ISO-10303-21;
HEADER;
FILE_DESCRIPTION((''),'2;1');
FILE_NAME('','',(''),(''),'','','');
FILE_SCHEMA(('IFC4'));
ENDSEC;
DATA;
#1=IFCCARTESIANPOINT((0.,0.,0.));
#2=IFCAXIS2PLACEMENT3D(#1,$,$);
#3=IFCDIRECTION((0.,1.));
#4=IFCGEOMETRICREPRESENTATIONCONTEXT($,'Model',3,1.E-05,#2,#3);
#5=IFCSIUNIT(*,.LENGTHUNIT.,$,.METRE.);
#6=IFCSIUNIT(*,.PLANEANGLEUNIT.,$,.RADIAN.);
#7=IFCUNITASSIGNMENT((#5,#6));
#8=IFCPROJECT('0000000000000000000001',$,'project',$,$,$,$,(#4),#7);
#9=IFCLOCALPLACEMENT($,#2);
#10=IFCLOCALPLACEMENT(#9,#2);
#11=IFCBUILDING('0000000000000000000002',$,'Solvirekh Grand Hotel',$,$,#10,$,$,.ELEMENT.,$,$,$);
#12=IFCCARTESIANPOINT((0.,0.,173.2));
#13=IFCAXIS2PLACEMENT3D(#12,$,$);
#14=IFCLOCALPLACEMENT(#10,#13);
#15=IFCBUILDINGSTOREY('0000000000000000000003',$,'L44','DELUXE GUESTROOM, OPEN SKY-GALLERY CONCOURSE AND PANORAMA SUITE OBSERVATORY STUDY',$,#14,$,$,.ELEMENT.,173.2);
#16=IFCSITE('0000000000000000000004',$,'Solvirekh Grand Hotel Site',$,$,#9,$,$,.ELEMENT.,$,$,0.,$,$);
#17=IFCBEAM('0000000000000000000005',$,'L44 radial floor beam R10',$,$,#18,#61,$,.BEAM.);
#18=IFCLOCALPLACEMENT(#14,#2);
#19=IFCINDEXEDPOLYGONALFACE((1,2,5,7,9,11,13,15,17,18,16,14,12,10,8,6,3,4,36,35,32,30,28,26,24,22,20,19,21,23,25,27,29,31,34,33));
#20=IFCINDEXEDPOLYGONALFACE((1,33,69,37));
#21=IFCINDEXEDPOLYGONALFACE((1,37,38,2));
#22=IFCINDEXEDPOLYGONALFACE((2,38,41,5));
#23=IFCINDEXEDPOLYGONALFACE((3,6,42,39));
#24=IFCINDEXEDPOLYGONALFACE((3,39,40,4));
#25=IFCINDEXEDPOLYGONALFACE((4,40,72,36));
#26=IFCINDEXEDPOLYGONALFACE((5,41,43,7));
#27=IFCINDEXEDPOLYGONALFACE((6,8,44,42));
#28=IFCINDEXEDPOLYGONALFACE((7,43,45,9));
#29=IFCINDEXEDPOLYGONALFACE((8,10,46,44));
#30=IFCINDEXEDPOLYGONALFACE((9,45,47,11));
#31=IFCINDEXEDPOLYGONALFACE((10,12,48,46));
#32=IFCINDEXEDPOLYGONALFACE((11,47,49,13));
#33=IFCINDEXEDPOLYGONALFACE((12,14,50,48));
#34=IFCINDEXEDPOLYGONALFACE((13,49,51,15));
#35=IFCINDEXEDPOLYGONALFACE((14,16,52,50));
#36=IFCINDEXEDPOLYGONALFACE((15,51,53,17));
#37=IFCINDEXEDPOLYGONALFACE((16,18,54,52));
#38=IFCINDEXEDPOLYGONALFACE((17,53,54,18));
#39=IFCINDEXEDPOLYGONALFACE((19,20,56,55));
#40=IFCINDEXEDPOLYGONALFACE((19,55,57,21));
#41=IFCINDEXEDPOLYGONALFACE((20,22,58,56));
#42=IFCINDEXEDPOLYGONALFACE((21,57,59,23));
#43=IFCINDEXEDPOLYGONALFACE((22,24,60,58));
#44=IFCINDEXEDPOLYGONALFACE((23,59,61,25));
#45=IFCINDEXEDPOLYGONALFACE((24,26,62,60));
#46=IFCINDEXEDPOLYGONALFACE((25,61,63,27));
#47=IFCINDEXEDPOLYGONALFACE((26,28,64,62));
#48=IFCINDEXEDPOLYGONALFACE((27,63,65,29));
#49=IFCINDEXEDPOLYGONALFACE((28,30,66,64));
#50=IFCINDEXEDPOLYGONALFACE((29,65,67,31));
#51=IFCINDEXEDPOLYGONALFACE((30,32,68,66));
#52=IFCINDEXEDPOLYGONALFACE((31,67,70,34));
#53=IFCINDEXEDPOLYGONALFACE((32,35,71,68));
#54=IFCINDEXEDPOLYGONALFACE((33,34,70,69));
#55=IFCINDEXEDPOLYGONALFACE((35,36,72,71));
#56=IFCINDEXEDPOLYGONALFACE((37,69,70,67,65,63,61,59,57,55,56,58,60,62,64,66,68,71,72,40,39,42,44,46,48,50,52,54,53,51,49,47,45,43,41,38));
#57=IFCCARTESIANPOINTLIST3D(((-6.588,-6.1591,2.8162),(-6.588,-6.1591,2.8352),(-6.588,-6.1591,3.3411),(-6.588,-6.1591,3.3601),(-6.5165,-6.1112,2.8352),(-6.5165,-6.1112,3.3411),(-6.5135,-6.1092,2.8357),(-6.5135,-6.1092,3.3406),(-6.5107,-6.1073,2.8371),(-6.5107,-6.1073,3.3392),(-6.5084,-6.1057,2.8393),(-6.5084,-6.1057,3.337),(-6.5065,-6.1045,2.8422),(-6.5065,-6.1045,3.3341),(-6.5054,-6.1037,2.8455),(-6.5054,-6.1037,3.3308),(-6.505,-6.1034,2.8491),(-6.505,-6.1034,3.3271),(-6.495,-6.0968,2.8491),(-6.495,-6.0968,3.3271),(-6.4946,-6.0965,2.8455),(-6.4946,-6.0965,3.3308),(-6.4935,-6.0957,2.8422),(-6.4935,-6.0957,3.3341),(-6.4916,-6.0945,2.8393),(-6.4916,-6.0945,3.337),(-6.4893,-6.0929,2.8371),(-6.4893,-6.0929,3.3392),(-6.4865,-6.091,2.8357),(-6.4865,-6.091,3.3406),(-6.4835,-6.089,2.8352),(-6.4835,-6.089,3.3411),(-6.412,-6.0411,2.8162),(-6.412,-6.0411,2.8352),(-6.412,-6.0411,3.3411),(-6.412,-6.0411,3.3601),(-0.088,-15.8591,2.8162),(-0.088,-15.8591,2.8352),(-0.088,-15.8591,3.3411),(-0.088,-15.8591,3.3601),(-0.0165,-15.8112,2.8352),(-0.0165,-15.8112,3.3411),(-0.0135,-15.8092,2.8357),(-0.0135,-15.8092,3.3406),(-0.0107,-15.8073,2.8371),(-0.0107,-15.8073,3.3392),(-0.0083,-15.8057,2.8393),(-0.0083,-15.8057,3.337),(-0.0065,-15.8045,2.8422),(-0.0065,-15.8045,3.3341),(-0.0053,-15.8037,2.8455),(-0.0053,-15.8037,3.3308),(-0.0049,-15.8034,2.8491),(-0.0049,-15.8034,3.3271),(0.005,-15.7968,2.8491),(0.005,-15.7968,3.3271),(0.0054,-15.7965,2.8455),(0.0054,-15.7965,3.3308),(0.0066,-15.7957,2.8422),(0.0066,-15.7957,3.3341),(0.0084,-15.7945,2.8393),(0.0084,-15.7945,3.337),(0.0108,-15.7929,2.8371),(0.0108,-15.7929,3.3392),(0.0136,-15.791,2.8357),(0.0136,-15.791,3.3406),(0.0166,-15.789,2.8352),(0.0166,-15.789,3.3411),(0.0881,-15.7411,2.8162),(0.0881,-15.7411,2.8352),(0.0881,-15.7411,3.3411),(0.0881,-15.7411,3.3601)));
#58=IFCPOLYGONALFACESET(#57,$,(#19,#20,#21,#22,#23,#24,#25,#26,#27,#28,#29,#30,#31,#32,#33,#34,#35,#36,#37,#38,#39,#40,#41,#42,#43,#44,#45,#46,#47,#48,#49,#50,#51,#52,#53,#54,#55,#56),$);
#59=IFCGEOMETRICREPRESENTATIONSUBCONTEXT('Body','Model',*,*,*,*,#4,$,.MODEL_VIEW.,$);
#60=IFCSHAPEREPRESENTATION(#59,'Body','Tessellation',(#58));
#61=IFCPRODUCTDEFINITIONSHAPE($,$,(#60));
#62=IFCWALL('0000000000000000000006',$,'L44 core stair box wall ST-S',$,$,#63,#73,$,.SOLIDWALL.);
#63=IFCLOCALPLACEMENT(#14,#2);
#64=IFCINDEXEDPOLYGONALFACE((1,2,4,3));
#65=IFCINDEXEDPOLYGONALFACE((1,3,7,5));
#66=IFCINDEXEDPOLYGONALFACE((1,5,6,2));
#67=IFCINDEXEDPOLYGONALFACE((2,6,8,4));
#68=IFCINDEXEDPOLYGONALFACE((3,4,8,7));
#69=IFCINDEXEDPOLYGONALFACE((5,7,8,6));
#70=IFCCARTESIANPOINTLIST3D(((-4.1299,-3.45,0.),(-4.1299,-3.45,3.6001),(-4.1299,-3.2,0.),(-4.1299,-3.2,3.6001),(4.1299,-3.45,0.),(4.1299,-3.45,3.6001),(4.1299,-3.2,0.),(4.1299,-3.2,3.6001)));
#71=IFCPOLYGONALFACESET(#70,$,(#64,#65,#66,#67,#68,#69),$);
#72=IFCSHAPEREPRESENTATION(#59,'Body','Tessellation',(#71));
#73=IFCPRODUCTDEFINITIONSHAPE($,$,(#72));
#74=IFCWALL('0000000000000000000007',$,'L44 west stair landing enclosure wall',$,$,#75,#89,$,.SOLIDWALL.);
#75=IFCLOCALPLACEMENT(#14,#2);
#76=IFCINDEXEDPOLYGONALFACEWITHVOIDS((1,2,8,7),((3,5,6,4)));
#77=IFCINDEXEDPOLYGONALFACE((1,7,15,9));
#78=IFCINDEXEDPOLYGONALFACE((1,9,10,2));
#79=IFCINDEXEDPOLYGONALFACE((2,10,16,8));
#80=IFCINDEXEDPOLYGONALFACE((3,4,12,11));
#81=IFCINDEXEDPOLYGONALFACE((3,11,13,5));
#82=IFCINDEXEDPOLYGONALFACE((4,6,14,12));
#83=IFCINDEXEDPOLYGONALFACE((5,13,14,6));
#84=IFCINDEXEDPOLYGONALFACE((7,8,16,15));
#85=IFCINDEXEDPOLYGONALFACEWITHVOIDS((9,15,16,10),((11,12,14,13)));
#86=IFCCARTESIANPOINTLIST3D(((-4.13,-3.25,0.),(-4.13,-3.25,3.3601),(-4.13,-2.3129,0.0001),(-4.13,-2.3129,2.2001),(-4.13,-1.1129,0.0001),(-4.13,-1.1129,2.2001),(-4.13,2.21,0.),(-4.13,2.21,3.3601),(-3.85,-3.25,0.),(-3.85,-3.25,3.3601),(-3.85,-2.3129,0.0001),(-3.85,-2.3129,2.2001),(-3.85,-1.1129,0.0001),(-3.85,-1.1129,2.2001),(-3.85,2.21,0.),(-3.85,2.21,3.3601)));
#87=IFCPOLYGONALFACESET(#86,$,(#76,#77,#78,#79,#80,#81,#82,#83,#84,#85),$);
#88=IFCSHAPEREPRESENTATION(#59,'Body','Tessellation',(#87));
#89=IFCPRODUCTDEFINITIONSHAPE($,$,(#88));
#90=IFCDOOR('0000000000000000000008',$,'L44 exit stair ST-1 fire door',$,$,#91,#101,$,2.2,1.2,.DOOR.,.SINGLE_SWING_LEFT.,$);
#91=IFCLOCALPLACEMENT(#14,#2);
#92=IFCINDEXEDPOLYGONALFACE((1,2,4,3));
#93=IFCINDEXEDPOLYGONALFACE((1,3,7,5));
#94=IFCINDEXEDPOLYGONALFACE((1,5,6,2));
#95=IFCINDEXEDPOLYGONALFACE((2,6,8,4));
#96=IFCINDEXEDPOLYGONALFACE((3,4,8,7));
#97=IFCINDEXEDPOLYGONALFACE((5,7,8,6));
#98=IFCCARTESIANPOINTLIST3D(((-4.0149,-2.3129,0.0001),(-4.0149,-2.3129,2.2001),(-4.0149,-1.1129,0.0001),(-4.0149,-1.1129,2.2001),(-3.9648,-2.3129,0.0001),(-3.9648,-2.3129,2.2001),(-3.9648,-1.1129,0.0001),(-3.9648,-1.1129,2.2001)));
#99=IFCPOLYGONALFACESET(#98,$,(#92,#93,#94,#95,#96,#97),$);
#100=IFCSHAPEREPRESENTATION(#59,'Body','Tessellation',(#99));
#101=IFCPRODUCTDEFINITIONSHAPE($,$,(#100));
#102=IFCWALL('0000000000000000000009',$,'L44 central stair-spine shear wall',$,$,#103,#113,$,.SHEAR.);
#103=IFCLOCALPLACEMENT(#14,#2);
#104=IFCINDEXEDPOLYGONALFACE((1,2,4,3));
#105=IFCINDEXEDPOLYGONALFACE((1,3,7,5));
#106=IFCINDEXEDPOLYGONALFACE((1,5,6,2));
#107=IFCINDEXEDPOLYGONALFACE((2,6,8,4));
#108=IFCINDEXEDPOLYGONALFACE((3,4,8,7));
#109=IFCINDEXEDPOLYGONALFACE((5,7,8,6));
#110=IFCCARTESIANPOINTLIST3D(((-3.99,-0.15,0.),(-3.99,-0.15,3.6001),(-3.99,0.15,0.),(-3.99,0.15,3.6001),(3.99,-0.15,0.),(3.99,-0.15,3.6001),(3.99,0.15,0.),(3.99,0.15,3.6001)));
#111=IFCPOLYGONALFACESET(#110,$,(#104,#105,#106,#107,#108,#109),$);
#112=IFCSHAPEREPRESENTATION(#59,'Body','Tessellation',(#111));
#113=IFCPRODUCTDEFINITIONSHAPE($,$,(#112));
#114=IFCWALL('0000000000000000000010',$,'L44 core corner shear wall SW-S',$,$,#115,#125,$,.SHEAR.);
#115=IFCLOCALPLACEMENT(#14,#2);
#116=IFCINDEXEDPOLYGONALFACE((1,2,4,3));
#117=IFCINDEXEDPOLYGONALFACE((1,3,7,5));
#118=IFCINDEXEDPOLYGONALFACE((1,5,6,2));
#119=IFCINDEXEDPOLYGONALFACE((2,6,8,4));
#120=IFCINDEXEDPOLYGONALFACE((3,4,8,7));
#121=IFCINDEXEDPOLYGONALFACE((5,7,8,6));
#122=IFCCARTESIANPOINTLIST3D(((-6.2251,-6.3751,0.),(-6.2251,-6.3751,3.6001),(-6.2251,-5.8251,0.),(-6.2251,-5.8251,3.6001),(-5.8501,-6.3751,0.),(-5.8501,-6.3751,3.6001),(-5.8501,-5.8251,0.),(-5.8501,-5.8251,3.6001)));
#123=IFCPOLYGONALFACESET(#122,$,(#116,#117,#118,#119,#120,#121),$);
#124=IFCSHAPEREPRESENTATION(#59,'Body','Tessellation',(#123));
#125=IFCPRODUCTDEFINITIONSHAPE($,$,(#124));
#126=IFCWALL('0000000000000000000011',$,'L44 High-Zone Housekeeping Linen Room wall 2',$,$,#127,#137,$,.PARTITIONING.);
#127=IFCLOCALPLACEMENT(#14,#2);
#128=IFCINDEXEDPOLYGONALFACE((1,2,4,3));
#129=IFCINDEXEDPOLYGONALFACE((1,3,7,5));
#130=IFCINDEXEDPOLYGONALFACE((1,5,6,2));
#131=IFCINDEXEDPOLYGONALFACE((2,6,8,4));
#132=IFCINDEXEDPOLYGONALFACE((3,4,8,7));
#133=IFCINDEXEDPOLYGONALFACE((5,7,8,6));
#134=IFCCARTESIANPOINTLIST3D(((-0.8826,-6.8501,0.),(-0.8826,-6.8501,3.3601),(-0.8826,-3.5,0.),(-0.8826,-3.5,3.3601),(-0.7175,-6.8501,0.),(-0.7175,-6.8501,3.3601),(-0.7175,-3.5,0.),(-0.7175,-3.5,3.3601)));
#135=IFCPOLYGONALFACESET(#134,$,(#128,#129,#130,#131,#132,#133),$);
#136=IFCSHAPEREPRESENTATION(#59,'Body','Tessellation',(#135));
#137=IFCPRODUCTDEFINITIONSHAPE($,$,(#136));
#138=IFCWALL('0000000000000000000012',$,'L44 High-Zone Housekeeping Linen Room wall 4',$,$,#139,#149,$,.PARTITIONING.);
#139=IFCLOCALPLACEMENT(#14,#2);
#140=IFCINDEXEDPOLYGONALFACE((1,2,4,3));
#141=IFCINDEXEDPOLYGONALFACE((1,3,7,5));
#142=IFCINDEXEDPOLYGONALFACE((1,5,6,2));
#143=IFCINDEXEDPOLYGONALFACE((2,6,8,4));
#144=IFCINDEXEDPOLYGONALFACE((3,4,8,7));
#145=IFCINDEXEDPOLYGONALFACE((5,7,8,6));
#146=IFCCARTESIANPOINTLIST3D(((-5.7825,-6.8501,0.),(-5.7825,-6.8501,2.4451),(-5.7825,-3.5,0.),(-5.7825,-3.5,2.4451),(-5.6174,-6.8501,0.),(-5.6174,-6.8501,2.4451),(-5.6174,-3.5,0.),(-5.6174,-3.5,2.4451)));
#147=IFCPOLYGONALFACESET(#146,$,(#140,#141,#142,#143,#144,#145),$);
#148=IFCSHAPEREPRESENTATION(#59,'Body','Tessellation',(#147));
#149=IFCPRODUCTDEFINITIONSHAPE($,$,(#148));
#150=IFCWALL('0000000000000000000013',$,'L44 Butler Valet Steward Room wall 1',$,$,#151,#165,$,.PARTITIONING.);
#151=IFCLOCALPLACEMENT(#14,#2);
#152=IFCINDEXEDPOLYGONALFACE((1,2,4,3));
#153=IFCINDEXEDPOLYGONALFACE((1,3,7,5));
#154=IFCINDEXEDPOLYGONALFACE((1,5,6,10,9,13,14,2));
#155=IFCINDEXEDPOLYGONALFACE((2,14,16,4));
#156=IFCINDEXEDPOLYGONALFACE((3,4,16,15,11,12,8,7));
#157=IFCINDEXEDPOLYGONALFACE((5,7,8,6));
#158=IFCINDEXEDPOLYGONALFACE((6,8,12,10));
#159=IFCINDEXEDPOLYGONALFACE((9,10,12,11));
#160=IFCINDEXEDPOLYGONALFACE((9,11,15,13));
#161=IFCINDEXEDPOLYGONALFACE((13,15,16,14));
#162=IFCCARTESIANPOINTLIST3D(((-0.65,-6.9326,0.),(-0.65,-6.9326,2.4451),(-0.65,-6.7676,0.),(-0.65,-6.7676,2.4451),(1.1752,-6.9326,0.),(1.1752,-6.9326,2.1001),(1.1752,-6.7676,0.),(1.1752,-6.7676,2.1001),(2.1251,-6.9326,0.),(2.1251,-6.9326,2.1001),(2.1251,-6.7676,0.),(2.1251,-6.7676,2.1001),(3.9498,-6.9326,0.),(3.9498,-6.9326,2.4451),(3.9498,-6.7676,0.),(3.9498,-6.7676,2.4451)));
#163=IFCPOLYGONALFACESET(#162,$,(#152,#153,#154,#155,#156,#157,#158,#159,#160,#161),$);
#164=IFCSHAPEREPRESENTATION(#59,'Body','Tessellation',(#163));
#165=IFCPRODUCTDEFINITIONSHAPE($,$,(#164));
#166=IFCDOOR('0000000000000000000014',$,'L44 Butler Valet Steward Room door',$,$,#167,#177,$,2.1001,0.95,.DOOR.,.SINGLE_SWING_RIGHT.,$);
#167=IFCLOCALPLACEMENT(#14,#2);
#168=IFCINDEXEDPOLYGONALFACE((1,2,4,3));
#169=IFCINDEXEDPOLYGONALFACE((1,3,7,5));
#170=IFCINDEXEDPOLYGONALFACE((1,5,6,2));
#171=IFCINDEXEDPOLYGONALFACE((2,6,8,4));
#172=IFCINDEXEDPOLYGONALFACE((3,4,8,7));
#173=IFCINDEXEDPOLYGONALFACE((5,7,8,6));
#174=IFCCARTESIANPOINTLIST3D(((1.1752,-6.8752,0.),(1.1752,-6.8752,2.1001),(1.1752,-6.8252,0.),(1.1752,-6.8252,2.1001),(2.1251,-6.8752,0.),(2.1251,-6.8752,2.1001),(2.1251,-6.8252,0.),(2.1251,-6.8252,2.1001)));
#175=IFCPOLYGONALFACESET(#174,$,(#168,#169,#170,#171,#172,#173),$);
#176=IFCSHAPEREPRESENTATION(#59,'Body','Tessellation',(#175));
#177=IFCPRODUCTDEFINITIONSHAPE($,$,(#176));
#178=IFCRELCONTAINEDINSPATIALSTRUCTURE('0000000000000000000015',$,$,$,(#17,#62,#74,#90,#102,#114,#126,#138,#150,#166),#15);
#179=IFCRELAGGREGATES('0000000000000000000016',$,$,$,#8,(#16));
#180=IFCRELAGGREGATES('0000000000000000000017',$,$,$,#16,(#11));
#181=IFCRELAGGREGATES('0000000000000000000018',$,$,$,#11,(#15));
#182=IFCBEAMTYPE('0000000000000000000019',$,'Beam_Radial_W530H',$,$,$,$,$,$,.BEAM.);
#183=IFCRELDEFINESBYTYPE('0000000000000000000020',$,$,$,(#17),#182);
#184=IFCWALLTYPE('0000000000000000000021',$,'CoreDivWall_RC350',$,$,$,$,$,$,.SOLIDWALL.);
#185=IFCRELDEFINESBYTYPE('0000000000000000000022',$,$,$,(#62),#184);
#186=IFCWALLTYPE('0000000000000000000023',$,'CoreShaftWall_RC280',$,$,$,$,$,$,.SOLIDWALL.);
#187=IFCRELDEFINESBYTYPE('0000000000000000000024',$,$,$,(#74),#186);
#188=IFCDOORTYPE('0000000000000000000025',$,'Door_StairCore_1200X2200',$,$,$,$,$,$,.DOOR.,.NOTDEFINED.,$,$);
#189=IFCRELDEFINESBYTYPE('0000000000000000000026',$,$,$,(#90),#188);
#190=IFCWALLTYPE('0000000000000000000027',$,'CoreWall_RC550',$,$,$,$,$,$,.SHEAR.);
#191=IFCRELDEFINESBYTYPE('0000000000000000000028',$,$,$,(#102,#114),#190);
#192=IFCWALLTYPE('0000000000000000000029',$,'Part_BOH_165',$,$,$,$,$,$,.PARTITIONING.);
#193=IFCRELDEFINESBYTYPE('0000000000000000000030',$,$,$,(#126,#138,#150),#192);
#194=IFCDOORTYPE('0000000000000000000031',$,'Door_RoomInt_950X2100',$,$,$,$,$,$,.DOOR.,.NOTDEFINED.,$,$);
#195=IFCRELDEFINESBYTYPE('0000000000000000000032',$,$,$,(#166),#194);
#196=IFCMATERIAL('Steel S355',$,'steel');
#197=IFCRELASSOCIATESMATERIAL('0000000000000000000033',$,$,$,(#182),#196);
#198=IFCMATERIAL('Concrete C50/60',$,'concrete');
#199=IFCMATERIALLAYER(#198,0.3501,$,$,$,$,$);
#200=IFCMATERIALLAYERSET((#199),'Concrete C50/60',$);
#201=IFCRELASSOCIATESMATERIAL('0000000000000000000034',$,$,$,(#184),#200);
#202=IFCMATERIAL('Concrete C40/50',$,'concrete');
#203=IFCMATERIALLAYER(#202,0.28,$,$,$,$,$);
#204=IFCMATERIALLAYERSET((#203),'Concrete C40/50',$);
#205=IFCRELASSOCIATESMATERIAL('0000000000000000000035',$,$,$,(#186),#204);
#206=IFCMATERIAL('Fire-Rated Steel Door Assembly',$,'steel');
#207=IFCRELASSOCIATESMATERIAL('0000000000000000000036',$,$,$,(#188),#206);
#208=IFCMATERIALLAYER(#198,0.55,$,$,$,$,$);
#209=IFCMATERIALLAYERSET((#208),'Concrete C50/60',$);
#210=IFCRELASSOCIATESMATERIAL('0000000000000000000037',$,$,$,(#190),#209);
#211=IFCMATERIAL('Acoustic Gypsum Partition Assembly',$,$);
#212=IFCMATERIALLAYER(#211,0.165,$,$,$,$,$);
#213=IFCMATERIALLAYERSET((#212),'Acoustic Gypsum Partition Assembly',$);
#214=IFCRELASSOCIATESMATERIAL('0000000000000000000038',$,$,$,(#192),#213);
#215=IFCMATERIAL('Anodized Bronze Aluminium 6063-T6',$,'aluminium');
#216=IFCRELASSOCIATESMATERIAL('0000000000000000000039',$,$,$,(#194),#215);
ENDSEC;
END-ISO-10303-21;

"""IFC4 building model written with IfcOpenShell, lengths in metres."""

from ifc_helpers import new_model, si_unit, direction, frame, frame_2d, origin, origin_2d, place, context, subcontext, project, spatial, rectangle, i_section, extrude, material, layer, layer_set, material_profile, profile_set, type_object, element, fill, save


model = new_model("IFC4")

# Units and contexts
model_context = context("Model", 3, precision=1e-05, world=origin(), true_north=direction((0.0, 1.0)))
body_context = subcontext(model_context, "Body", "Model", "MODEL_VIEW")
ifc_project = project(units=[si_unit("LENGTHUNIT", "METRE"), si_unit("PLANEANGLEUNIT", "RADIAN")], contexts=[model_context])

# Site, building, storey
site_placement = place(None, origin())
site = spatial("IfcSite", under=ifc_project, at=site_placement, Name="Solvirekh Grand Hotel Site", CompositionType="ELEMENT", RefElevation=0.0)
building_placement = place(site_placement, origin())
building = spatial("IfcBuilding", under=site, at=building_placement, Name="Solvirekh Grand Hotel", CompositionType="ELEMENT")
storey_placement = place(building_placement, frame((0.0, 0.0, 173.2)))
storey = spatial("IfcBuildingStorey", under=building, at=storey_placement, Name="L44", Description="DELUXE GUESTROOM, OPEN SKY-GALLERY CONCOURSE AND PANORAMA SUITE OBSERVATORY STUDY", CompositionType="ELEMENT", Elevation=173.2)

# Beam
ifc_material_1 = material(Name="Concrete C50/60", Category="concrete")
ifc_material_2 = material(Name="Steel S355", Category="steel")
ifc_material_profile_1 = material_profile(ifc_material_2, i_section(OverallWidth=0.2119, OverallDepth=0.5439, WebThickness=0.012, FlangeThickness=0.019, FilletRadius=0.0139, at=origin_2d()), Name="W530X123")
ifc_profile_set_1 = profile_set([ifc_material_profile_1], Name="Steel S355")
beam_type_1 = type_object("IfcBeamType", Name="Beam_Radial_W530H", PredefinedType="BEAM", material=ifc_profile_set_1)
beam_1_placement = place(storey_placement, frame((-6.5, -6.1001, 3.0881), z_axis=(0.556677, -0.830729, 0.0), x_axis=(0.830729, 0.556677, 0.0)))
element("IfcBeam", 1, at=beam_1_placement, inside=storey, type_object=beam_type_1, Name="L44 radial floor beam R10", PredefinedType="BEAM", context=body_context, shape_type="SweptSolid", body=[
    extrude(i_section(OverallWidth=0.2119, OverallDepth=0.5439, WebThickness=0.012, FlangeThickness=0.019, FilletRadius=0.0139, at=origin_2d()), origin(), (0.0, 0.0, 1.0), 11.6765),
])

# Wall
ifc_layer_1 = layer(ifc_material_1, 0.3501)
ifc_layer_set_1 = layer_set([ifc_layer_1], Name="Concrete C50/60")
wall_type_1 = type_object("IfcWallType", Name="CoreDivWall_RC350", PredefinedType="SOLIDWALL", material=ifc_layer_set_1)
wall_1_placement = place(storey_placement, frame((-4.1299, -3.325, 0.0), z_axis=(0.0, 0.0, 1.0), x_axis=(1.0, 0.0, 0.0)))
element("IfcWall", 2, at=wall_1_placement, inside=storey, type_object=wall_type_1, Name="L44 core stair box wall ST-S", PredefinedType="SOLIDWALL", context=body_context, shape_type="SweptSolid", body=[
    extrude(rectangle(XDim=8.2598, YDim=0.25, at=frame_2d((4.1299, 0.0))), origin(), (0.0, 0.0, 1.0), 3.6001),
])

# Wall, opening, door
ifc_material_3 = material(Name="Concrete C40/50", Category="concrete")
ifc_layer_2 = layer(ifc_material_3, 0.28)
ifc_layer_set_2 = layer_set([ifc_layer_2], Name="Concrete C40/50")
wall_type_2 = type_object("IfcWallType", Name="CoreShaftWall_RC280", PredefinedType="SOLIDWALL", material=ifc_layer_set_2)
wall_2_placement = place(storey_placement, frame((-3.99, -3.25, 0.0), z_axis=(0.0, 0.0, 1.0), x_axis=(0.0, 1.0, 0.0)))
wall_2 = element("IfcWall", 3, at=wall_2_placement, inside=storey, type_object=wall_type_2, Name="L44 west stair landing enclosure wall", PredefinedType="SOLIDWALL", context=body_context, shape_type="SweptSolid", body=[
    extrude(rectangle(XDim=5.46, YDim=0.28, at=frame_2d((2.73, 0.0))), origin(), (0.0, 0.0, 1.0), 3.3601),
])
opening_1_placement = place(wall_2_placement, frame((0.937, 0.0, 0.0)))
opening_1 = element("IfcOpeningElement", 4, at=opening_1_placement, cuts=wall_2, PredefinedType="OPENING", context=body_context, shape_type="SweptSolid", body=[
    extrude(rectangle(XDim=1.2, YDim=2.2, at=frame_2d((0.6001, 1.1001))), frame((0.0, 0.1499, 0.0), z_axis=(0.0, -1.0, 0.0), x_axis=(1.0, 0.0, 0.0)), (0.0, 0.0, 1.0), 0.3),
])
ifc_material_4 = material(Name="Fire-Rated Steel Door Assembly", Category="steel")
door_type_1 = type_object("IfcDoorType", Name="Door_StairCore_1200X2200", OperationType="NOTDEFINED", PredefinedType="DOOR", material=ifc_material_4)
door_1_placement = place(opening_1_placement, origin())
door_1 = element("IfcDoor", 5, at=door_1_placement, inside=storey, type_object=door_type_1, Name="L44 exit stair ST-1 fire door", OperationType="SINGLE_SWING_LEFT", OverallHeight=2.2, OverallWidth=1.2, PredefinedType="DOOR", context=body_context, shape_type="SweptSolid", body=[
    extrude(rectangle(XDim=1.2, YDim=2.2, at=frame_2d((0.6001, 1.1001))), frame((0.0, 0.0249, 0.0), z_axis=(0.0, -1.0, 0.0), x_axis=(1.0, 0.0, 0.0)), (0.0, 0.0, 1.0), 0.05),
])
fill(opening_1, door_1)

# Walls
ifc_layer_3 = layer(ifc_material_1, 0.55)
ifc_layer_set_3 = layer_set([ifc_layer_3], Name="Concrete C50/60")
wall_type_3 = type_object("IfcWallType", Name="CoreWall_RC550", PredefinedType="SHEAR", material=ifc_layer_set_3)
wall_3_placement = place(storey_placement, frame((-3.99, 0.0, 0.0), z_axis=(0.0, 0.0, 1.0), x_axis=(1.0, 0.0, 0.0)))
element("IfcWall", 6, at=wall_3_placement, inside=storey, type_object=wall_type_3, Name="L44 central stair-spine shear wall", PredefinedType="SHEAR", context=body_context, shape_type="SweptSolid", body=[
    extrude(rectangle(XDim=7.98, YDim=0.3, at=frame_2d((3.99, 0.0))), origin(), (0.0, 0.0, 1.0), 3.6001),
])
wall_4_placement = place(storey_placement, frame((-6.2251, -6.1001, 0.0), z_axis=(0.0, 0.0, 1.0), x_axis=(1.0, 0.0, 0.0)))
element("IfcWall", 7, at=wall_4_placement, inside=storey, type_object=wall_type_3, Name="L44 core corner shear wall SW-S", PredefinedType="SHEAR", context=body_context, shape_type="SweptSolid", body=[
    extrude(rectangle(XDim=0.375, YDim=0.55, at=frame_2d((0.1875, 0.0))), origin(), (0.0, 0.0, 1.0), 3.6001),
])
ifc_material_5 = material(Name="Acoustic Gypsum Partition Assembly")
ifc_layer_4 = layer(ifc_material_5, 0.165)
ifc_layer_set_4 = layer_set([ifc_layer_4], Name="Acoustic Gypsum Partition Assembly")
wall_type_4 = type_object("IfcWallType", Name="Part_BOH_165", PredefinedType="PARTITIONING", material=ifc_layer_set_4)
wall_5_placement = place(storey_placement, frame((-0.8, -6.8501, 0.0), z_axis=(0.0, 0.0, 1.0), x_axis=(0.0, 1.0, 0.0)))
element("IfcWall", 8, at=wall_5_placement, inside=storey, type_object=wall_type_4, Name="L44 High-Zone Housekeeping Linen Room wall 2", PredefinedType="PARTITIONING", context=body_context, shape_type="SweptSolid", body=[
    extrude(rectangle(XDim=3.3501, YDim=0.165, at=frame_2d((1.675, 0.0))), origin(), (0.0, 0.0, 1.0), 3.3601),
])
wall_6_placement = place(storey_placement, frame((-5.7, -3.5, 0.0), z_axis=(0.0, 0.0, 1.0), x_axis=(0.0, -1.0, 0.0)))
element("IfcWall", 9, at=wall_6_placement, inside=storey, type_object=wall_type_4, Name="L44 High-Zone Housekeeping Linen Room wall 4", PredefinedType="PARTITIONING", context=body_context, shape_type="SweptSolid", body=[
    extrude(rectangle(XDim=3.3501, YDim=0.165, at=frame_2d((1.675, 0.0))), origin(), (0.0, 0.0, 1.0), 2.4451),
])

# Wall, opening, door
wall_7_placement = place(storey_placement, frame((-0.6499, -6.8501, 0.0), z_axis=(0.0, 0.0, 1.0), x_axis=(1.0, 0.0, 0.0)))
wall_7 = element("IfcWall", 10, at=wall_7_placement, inside=storey, type_object=wall_type_4, Name="L44 Butler Valet Steward Room wall 1", PredefinedType="PARTITIONING", context=body_context, shape_type="SweptSolid", body=[
    extrude(rectangle(XDim=4.5999, YDim=0.165, at=frame_2d((2.2998, 0.0))), origin(), (0.0, 0.0, 1.0), 2.4451),
])
opening_2_placement = place(wall_7_placement, frame((1.825, 0.0, 0.0)))
opening_2 = element("IfcOpeningElement", 11, at=opening_2_placement, cuts=wall_7, PredefinedType="OPENING", context=body_context, shape_type="SweptSolid", body=[
    extrude(rectangle(XDim=0.95, YDim=2.1001, at=frame_2d((0.4751, 1.05))), frame((0.0, 0.0925, 0.0), z_axis=(0.0, -1.0, 0.0), x_axis=(1.0, 0.0, 0.0)), (0.0, 0.0, 1.0), 0.1851),
])
ifc_material_6 = material(Name="Anodized Bronze Aluminium 6063-T6", Category="aluminium")
door_type_2 = type_object("IfcDoorType", Name="Door_RoomInt_950X2100", OperationType="NOTDEFINED", PredefinedType="DOOR", material=ifc_material_6)
door_2_placement = place(opening_2_placement, origin())
door_2 = element("IfcDoor", 12, at=door_2_placement, inside=storey, type_object=door_type_2, Name="L44 Butler Valet Steward Room door", OperationType="SINGLE_SWING_RIGHT", OverallHeight=2.1001, OverallWidth=0.95, PredefinedType="DOOR", context=body_context, shape_type="SweptSolid", body=[
    extrude(rectangle(XDim=0.95, YDim=2.1001, at=frame_2d((0.4751, 1.05))), frame((0.0, 0.0249, 0.0), z_axis=(0.0, -1.0, 0.0), x_axis=(1.0, 0.0, 0.0)), (0.0, 0.0, 1.0), 0.05),
])
fill(opening_2, door_2)

save(model, "model.ifc")
